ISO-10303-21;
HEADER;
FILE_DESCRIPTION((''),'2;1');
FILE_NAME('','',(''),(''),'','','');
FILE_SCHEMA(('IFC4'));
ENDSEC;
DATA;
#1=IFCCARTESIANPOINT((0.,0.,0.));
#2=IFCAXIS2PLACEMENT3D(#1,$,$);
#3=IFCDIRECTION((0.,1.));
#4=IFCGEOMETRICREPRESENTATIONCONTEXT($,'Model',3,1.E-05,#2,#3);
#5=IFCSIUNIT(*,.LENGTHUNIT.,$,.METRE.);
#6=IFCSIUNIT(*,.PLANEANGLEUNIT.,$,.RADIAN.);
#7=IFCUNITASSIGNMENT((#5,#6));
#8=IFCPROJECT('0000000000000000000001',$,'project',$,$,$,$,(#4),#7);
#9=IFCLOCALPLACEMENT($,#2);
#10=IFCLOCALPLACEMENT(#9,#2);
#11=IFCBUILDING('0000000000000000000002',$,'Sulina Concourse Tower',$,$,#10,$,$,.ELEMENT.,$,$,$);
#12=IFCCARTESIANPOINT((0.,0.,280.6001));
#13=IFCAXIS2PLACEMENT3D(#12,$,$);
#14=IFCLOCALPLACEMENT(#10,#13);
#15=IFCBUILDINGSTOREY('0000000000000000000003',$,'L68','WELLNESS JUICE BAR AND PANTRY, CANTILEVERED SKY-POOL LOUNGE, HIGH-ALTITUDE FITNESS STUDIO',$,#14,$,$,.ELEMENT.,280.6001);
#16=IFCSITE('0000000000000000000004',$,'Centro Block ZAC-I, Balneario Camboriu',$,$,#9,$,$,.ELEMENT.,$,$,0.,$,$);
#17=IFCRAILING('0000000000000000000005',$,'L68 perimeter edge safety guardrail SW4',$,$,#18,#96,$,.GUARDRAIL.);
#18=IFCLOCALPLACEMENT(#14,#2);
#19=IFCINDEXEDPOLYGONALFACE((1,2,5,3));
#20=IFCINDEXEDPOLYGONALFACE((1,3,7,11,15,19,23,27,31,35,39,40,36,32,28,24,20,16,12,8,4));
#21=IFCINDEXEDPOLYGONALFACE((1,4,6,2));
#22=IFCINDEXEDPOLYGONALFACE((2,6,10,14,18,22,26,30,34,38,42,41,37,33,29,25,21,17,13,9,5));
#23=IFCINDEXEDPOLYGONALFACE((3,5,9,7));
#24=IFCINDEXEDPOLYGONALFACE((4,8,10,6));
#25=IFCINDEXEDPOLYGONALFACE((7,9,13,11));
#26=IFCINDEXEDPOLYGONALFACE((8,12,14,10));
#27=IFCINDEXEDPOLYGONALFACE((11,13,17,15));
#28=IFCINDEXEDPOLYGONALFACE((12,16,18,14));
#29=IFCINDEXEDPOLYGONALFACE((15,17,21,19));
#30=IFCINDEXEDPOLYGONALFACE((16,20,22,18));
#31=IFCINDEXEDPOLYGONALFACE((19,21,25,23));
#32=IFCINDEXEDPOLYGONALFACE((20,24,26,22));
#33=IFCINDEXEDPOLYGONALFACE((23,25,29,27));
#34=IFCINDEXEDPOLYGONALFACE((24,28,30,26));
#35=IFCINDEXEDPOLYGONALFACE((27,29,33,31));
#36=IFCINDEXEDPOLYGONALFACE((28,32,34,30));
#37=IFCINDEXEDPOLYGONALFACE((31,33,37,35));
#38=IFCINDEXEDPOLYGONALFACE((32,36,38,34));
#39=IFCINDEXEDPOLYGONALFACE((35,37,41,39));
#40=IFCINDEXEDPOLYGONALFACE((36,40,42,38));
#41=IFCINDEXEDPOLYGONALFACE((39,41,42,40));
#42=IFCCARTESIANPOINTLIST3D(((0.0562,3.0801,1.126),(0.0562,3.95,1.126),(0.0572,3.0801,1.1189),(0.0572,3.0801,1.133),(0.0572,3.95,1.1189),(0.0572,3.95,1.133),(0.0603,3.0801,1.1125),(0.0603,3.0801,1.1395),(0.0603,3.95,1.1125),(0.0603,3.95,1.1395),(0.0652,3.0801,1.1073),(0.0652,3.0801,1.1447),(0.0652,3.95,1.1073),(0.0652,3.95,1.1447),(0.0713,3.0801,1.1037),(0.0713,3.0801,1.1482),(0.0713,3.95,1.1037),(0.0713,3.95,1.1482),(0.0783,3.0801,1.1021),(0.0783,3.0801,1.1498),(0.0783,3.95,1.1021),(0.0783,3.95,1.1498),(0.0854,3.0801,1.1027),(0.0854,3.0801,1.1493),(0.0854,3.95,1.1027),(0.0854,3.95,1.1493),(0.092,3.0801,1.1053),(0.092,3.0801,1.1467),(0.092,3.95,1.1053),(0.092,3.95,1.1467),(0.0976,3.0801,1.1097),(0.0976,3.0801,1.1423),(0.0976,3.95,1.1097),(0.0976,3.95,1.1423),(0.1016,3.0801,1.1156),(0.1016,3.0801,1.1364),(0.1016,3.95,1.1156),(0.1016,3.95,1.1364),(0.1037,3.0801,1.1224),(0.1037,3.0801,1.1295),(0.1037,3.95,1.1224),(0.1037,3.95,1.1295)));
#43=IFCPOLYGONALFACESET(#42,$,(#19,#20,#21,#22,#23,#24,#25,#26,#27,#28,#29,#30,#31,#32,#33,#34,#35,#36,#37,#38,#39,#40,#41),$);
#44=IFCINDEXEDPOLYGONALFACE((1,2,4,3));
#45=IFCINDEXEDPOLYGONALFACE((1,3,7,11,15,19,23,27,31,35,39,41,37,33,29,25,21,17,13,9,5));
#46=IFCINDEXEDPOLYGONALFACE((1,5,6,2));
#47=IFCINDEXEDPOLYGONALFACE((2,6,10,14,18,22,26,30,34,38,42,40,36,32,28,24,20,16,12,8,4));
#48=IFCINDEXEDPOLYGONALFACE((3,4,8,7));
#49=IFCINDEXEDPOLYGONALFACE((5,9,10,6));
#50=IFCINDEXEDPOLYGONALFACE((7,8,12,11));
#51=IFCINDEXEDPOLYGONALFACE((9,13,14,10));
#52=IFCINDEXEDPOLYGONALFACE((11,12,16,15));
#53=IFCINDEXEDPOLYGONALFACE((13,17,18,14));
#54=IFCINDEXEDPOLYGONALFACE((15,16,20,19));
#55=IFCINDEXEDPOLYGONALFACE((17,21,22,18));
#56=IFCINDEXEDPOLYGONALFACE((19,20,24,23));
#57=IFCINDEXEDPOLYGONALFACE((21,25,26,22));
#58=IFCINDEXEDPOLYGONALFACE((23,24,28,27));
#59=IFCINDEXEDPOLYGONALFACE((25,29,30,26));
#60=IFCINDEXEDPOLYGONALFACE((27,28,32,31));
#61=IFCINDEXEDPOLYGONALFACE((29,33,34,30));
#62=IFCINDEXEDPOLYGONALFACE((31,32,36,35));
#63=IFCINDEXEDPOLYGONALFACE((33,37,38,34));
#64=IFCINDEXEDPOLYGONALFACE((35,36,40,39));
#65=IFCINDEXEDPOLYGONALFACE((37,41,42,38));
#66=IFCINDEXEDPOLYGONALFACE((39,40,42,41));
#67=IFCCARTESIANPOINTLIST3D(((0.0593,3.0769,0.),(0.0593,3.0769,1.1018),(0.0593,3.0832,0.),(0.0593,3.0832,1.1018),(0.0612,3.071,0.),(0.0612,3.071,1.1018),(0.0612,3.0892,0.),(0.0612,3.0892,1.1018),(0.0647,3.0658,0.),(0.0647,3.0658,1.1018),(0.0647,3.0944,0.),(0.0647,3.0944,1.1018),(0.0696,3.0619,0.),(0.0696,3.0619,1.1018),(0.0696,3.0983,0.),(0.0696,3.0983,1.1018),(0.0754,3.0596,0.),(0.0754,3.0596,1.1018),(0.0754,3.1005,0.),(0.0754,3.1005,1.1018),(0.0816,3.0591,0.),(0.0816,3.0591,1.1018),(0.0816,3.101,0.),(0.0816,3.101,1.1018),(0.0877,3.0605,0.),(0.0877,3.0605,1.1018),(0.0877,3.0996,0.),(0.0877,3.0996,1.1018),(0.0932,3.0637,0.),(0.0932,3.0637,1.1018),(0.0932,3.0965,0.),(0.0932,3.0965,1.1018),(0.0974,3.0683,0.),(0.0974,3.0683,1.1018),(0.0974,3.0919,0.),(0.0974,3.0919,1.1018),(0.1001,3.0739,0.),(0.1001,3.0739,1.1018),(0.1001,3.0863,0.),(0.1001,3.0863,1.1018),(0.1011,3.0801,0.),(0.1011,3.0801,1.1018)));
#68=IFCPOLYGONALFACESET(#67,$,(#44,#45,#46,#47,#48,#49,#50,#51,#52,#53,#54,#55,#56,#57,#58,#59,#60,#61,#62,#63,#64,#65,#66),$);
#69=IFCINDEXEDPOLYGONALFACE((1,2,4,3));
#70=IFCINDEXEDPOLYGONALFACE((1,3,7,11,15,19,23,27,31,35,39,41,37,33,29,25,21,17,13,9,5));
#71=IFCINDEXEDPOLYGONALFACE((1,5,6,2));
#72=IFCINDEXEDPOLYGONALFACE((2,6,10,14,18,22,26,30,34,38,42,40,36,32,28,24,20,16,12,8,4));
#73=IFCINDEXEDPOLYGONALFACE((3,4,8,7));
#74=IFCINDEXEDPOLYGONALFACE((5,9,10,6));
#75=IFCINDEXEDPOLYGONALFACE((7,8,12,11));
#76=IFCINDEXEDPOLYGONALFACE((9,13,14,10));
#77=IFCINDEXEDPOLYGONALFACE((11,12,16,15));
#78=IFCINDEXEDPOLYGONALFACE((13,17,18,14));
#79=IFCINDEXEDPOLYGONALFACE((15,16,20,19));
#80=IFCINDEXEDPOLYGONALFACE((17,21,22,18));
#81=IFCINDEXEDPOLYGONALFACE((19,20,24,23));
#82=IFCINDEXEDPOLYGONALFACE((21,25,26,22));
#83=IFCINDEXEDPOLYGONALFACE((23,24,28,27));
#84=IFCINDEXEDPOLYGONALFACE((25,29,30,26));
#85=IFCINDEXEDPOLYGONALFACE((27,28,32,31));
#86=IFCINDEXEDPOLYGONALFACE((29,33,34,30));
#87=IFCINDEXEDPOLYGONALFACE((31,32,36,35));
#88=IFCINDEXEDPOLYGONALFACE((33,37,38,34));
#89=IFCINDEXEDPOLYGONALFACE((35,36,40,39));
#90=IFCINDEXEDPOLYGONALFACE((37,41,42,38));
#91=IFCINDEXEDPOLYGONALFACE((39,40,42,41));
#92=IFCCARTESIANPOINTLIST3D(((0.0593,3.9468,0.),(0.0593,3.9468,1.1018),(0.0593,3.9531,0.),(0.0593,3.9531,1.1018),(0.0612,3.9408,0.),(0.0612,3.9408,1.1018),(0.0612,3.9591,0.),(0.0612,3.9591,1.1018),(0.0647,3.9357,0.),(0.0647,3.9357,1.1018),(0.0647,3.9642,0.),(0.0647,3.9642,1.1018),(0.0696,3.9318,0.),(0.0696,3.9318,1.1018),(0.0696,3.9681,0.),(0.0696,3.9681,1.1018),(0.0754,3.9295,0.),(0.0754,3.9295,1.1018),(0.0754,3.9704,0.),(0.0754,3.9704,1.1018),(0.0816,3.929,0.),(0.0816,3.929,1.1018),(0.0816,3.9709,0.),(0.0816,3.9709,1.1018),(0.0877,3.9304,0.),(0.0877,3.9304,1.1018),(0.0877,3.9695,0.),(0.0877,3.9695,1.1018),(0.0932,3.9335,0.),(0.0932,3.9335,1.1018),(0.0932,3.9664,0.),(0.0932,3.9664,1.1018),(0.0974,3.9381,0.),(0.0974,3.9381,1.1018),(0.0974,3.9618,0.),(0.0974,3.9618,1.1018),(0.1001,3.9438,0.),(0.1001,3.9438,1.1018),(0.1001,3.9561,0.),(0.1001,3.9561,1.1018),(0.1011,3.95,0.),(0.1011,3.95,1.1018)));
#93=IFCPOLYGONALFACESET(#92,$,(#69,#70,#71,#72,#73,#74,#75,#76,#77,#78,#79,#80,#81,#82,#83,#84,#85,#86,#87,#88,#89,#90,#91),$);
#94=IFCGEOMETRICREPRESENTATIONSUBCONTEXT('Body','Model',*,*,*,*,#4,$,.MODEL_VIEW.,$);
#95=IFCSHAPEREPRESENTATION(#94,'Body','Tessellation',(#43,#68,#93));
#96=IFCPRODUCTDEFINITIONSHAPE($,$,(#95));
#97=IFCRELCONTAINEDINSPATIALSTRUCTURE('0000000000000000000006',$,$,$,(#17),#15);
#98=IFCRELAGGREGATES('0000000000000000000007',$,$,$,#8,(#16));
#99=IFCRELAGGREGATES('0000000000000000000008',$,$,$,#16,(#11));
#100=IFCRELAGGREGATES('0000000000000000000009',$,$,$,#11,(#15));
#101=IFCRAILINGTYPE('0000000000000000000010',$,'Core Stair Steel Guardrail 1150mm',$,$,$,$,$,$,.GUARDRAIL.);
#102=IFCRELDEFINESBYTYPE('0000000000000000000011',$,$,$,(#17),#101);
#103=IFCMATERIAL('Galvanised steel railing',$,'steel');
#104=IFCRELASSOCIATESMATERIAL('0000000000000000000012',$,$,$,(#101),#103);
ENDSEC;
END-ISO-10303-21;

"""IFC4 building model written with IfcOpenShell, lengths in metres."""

from ifc_helpers import new_model, si_unit, direction, frame, origin, origin_2d, place, context, subcontext, project, spatial, circle, extrude, material, type_object, element, save


model = new_model("IFC4")

# Units and contexts
model_context = context("Model", 3, precision=1e-05, world=origin(), true_north=direction((0.0, 1.0)))
body_context = subcontext(model_context, "Body", "Model", "MODEL_VIEW")
ifc_project = project(units=[si_unit("LENGTHUNIT", "METRE"), si_unit("PLANEANGLEUNIT", "RADIAN")], contexts=[model_context])

# Site, building, storey
site_placement = place(None, origin())
site = spatial("IfcSite", under=ifc_project, at=site_placement, Name="Centro Block ZAC-I, Balneario Camboriu", CompositionType="ELEMENT", RefElevation=0.0)
building_placement = place(site_placement, origin())
building = spatial("IfcBuilding", under=site, at=building_placement, Name="Sulina Concourse Tower", CompositionType="ELEMENT")
storey_placement = place(building_placement, frame((0.0, 0.0, 280.6001)))
storey = spatial("IfcBuildingStorey", under=building, at=storey_placement, Name="L68", Description="WELLNESS JUICE BAR AND PANTRY, CANTILEVERED SKY-POOL LOUNGE, HIGH-ALTITUDE FITNESS STUDIO", CompositionType="ELEMENT", Elevation=280.6001)

# Railing
ifc_material_1 = material(Name="Galvanised steel railing", Category="steel")
railing_type = type_object("IfcRailingType", Name="Core Stair Steel Guardrail 1150mm", PredefinedType="GUARDRAIL", material=ifc_material_1)
railing_1_placement = place(storey_placement, frame((0.0801, 3.0801, 0.0)))
element("IfcRailing", 1, at=railing_1_placement, inside=storey, type_object=railing_type, Name="L68 perimeter edge safety guardrail SW4", PredefinedType="GUARDRAIL", context=body_context, shape_type="SweptSolid", body=[
    extrude(circle(Radius=0.0239, at=origin_2d()), frame((0.0, 0.0, 1.126), z_axis=(0.0, 1.0, 0.0), x_axis=(-1.0, 0.0, 0.0)), (0.0, 0.0, 1.0), 0.8699),
    extrude(circle(Radius=0.021, at=origin_2d()), origin(), (0.0, 0.0, 1.0), 1.1018),
    extrude(circle(Radius=0.021, at=origin_2d()), frame((0.0, 0.8699, 0.0)), (0.0, 0.0, 1.0), 1.1018),
])

save(model, "model.ifc")
